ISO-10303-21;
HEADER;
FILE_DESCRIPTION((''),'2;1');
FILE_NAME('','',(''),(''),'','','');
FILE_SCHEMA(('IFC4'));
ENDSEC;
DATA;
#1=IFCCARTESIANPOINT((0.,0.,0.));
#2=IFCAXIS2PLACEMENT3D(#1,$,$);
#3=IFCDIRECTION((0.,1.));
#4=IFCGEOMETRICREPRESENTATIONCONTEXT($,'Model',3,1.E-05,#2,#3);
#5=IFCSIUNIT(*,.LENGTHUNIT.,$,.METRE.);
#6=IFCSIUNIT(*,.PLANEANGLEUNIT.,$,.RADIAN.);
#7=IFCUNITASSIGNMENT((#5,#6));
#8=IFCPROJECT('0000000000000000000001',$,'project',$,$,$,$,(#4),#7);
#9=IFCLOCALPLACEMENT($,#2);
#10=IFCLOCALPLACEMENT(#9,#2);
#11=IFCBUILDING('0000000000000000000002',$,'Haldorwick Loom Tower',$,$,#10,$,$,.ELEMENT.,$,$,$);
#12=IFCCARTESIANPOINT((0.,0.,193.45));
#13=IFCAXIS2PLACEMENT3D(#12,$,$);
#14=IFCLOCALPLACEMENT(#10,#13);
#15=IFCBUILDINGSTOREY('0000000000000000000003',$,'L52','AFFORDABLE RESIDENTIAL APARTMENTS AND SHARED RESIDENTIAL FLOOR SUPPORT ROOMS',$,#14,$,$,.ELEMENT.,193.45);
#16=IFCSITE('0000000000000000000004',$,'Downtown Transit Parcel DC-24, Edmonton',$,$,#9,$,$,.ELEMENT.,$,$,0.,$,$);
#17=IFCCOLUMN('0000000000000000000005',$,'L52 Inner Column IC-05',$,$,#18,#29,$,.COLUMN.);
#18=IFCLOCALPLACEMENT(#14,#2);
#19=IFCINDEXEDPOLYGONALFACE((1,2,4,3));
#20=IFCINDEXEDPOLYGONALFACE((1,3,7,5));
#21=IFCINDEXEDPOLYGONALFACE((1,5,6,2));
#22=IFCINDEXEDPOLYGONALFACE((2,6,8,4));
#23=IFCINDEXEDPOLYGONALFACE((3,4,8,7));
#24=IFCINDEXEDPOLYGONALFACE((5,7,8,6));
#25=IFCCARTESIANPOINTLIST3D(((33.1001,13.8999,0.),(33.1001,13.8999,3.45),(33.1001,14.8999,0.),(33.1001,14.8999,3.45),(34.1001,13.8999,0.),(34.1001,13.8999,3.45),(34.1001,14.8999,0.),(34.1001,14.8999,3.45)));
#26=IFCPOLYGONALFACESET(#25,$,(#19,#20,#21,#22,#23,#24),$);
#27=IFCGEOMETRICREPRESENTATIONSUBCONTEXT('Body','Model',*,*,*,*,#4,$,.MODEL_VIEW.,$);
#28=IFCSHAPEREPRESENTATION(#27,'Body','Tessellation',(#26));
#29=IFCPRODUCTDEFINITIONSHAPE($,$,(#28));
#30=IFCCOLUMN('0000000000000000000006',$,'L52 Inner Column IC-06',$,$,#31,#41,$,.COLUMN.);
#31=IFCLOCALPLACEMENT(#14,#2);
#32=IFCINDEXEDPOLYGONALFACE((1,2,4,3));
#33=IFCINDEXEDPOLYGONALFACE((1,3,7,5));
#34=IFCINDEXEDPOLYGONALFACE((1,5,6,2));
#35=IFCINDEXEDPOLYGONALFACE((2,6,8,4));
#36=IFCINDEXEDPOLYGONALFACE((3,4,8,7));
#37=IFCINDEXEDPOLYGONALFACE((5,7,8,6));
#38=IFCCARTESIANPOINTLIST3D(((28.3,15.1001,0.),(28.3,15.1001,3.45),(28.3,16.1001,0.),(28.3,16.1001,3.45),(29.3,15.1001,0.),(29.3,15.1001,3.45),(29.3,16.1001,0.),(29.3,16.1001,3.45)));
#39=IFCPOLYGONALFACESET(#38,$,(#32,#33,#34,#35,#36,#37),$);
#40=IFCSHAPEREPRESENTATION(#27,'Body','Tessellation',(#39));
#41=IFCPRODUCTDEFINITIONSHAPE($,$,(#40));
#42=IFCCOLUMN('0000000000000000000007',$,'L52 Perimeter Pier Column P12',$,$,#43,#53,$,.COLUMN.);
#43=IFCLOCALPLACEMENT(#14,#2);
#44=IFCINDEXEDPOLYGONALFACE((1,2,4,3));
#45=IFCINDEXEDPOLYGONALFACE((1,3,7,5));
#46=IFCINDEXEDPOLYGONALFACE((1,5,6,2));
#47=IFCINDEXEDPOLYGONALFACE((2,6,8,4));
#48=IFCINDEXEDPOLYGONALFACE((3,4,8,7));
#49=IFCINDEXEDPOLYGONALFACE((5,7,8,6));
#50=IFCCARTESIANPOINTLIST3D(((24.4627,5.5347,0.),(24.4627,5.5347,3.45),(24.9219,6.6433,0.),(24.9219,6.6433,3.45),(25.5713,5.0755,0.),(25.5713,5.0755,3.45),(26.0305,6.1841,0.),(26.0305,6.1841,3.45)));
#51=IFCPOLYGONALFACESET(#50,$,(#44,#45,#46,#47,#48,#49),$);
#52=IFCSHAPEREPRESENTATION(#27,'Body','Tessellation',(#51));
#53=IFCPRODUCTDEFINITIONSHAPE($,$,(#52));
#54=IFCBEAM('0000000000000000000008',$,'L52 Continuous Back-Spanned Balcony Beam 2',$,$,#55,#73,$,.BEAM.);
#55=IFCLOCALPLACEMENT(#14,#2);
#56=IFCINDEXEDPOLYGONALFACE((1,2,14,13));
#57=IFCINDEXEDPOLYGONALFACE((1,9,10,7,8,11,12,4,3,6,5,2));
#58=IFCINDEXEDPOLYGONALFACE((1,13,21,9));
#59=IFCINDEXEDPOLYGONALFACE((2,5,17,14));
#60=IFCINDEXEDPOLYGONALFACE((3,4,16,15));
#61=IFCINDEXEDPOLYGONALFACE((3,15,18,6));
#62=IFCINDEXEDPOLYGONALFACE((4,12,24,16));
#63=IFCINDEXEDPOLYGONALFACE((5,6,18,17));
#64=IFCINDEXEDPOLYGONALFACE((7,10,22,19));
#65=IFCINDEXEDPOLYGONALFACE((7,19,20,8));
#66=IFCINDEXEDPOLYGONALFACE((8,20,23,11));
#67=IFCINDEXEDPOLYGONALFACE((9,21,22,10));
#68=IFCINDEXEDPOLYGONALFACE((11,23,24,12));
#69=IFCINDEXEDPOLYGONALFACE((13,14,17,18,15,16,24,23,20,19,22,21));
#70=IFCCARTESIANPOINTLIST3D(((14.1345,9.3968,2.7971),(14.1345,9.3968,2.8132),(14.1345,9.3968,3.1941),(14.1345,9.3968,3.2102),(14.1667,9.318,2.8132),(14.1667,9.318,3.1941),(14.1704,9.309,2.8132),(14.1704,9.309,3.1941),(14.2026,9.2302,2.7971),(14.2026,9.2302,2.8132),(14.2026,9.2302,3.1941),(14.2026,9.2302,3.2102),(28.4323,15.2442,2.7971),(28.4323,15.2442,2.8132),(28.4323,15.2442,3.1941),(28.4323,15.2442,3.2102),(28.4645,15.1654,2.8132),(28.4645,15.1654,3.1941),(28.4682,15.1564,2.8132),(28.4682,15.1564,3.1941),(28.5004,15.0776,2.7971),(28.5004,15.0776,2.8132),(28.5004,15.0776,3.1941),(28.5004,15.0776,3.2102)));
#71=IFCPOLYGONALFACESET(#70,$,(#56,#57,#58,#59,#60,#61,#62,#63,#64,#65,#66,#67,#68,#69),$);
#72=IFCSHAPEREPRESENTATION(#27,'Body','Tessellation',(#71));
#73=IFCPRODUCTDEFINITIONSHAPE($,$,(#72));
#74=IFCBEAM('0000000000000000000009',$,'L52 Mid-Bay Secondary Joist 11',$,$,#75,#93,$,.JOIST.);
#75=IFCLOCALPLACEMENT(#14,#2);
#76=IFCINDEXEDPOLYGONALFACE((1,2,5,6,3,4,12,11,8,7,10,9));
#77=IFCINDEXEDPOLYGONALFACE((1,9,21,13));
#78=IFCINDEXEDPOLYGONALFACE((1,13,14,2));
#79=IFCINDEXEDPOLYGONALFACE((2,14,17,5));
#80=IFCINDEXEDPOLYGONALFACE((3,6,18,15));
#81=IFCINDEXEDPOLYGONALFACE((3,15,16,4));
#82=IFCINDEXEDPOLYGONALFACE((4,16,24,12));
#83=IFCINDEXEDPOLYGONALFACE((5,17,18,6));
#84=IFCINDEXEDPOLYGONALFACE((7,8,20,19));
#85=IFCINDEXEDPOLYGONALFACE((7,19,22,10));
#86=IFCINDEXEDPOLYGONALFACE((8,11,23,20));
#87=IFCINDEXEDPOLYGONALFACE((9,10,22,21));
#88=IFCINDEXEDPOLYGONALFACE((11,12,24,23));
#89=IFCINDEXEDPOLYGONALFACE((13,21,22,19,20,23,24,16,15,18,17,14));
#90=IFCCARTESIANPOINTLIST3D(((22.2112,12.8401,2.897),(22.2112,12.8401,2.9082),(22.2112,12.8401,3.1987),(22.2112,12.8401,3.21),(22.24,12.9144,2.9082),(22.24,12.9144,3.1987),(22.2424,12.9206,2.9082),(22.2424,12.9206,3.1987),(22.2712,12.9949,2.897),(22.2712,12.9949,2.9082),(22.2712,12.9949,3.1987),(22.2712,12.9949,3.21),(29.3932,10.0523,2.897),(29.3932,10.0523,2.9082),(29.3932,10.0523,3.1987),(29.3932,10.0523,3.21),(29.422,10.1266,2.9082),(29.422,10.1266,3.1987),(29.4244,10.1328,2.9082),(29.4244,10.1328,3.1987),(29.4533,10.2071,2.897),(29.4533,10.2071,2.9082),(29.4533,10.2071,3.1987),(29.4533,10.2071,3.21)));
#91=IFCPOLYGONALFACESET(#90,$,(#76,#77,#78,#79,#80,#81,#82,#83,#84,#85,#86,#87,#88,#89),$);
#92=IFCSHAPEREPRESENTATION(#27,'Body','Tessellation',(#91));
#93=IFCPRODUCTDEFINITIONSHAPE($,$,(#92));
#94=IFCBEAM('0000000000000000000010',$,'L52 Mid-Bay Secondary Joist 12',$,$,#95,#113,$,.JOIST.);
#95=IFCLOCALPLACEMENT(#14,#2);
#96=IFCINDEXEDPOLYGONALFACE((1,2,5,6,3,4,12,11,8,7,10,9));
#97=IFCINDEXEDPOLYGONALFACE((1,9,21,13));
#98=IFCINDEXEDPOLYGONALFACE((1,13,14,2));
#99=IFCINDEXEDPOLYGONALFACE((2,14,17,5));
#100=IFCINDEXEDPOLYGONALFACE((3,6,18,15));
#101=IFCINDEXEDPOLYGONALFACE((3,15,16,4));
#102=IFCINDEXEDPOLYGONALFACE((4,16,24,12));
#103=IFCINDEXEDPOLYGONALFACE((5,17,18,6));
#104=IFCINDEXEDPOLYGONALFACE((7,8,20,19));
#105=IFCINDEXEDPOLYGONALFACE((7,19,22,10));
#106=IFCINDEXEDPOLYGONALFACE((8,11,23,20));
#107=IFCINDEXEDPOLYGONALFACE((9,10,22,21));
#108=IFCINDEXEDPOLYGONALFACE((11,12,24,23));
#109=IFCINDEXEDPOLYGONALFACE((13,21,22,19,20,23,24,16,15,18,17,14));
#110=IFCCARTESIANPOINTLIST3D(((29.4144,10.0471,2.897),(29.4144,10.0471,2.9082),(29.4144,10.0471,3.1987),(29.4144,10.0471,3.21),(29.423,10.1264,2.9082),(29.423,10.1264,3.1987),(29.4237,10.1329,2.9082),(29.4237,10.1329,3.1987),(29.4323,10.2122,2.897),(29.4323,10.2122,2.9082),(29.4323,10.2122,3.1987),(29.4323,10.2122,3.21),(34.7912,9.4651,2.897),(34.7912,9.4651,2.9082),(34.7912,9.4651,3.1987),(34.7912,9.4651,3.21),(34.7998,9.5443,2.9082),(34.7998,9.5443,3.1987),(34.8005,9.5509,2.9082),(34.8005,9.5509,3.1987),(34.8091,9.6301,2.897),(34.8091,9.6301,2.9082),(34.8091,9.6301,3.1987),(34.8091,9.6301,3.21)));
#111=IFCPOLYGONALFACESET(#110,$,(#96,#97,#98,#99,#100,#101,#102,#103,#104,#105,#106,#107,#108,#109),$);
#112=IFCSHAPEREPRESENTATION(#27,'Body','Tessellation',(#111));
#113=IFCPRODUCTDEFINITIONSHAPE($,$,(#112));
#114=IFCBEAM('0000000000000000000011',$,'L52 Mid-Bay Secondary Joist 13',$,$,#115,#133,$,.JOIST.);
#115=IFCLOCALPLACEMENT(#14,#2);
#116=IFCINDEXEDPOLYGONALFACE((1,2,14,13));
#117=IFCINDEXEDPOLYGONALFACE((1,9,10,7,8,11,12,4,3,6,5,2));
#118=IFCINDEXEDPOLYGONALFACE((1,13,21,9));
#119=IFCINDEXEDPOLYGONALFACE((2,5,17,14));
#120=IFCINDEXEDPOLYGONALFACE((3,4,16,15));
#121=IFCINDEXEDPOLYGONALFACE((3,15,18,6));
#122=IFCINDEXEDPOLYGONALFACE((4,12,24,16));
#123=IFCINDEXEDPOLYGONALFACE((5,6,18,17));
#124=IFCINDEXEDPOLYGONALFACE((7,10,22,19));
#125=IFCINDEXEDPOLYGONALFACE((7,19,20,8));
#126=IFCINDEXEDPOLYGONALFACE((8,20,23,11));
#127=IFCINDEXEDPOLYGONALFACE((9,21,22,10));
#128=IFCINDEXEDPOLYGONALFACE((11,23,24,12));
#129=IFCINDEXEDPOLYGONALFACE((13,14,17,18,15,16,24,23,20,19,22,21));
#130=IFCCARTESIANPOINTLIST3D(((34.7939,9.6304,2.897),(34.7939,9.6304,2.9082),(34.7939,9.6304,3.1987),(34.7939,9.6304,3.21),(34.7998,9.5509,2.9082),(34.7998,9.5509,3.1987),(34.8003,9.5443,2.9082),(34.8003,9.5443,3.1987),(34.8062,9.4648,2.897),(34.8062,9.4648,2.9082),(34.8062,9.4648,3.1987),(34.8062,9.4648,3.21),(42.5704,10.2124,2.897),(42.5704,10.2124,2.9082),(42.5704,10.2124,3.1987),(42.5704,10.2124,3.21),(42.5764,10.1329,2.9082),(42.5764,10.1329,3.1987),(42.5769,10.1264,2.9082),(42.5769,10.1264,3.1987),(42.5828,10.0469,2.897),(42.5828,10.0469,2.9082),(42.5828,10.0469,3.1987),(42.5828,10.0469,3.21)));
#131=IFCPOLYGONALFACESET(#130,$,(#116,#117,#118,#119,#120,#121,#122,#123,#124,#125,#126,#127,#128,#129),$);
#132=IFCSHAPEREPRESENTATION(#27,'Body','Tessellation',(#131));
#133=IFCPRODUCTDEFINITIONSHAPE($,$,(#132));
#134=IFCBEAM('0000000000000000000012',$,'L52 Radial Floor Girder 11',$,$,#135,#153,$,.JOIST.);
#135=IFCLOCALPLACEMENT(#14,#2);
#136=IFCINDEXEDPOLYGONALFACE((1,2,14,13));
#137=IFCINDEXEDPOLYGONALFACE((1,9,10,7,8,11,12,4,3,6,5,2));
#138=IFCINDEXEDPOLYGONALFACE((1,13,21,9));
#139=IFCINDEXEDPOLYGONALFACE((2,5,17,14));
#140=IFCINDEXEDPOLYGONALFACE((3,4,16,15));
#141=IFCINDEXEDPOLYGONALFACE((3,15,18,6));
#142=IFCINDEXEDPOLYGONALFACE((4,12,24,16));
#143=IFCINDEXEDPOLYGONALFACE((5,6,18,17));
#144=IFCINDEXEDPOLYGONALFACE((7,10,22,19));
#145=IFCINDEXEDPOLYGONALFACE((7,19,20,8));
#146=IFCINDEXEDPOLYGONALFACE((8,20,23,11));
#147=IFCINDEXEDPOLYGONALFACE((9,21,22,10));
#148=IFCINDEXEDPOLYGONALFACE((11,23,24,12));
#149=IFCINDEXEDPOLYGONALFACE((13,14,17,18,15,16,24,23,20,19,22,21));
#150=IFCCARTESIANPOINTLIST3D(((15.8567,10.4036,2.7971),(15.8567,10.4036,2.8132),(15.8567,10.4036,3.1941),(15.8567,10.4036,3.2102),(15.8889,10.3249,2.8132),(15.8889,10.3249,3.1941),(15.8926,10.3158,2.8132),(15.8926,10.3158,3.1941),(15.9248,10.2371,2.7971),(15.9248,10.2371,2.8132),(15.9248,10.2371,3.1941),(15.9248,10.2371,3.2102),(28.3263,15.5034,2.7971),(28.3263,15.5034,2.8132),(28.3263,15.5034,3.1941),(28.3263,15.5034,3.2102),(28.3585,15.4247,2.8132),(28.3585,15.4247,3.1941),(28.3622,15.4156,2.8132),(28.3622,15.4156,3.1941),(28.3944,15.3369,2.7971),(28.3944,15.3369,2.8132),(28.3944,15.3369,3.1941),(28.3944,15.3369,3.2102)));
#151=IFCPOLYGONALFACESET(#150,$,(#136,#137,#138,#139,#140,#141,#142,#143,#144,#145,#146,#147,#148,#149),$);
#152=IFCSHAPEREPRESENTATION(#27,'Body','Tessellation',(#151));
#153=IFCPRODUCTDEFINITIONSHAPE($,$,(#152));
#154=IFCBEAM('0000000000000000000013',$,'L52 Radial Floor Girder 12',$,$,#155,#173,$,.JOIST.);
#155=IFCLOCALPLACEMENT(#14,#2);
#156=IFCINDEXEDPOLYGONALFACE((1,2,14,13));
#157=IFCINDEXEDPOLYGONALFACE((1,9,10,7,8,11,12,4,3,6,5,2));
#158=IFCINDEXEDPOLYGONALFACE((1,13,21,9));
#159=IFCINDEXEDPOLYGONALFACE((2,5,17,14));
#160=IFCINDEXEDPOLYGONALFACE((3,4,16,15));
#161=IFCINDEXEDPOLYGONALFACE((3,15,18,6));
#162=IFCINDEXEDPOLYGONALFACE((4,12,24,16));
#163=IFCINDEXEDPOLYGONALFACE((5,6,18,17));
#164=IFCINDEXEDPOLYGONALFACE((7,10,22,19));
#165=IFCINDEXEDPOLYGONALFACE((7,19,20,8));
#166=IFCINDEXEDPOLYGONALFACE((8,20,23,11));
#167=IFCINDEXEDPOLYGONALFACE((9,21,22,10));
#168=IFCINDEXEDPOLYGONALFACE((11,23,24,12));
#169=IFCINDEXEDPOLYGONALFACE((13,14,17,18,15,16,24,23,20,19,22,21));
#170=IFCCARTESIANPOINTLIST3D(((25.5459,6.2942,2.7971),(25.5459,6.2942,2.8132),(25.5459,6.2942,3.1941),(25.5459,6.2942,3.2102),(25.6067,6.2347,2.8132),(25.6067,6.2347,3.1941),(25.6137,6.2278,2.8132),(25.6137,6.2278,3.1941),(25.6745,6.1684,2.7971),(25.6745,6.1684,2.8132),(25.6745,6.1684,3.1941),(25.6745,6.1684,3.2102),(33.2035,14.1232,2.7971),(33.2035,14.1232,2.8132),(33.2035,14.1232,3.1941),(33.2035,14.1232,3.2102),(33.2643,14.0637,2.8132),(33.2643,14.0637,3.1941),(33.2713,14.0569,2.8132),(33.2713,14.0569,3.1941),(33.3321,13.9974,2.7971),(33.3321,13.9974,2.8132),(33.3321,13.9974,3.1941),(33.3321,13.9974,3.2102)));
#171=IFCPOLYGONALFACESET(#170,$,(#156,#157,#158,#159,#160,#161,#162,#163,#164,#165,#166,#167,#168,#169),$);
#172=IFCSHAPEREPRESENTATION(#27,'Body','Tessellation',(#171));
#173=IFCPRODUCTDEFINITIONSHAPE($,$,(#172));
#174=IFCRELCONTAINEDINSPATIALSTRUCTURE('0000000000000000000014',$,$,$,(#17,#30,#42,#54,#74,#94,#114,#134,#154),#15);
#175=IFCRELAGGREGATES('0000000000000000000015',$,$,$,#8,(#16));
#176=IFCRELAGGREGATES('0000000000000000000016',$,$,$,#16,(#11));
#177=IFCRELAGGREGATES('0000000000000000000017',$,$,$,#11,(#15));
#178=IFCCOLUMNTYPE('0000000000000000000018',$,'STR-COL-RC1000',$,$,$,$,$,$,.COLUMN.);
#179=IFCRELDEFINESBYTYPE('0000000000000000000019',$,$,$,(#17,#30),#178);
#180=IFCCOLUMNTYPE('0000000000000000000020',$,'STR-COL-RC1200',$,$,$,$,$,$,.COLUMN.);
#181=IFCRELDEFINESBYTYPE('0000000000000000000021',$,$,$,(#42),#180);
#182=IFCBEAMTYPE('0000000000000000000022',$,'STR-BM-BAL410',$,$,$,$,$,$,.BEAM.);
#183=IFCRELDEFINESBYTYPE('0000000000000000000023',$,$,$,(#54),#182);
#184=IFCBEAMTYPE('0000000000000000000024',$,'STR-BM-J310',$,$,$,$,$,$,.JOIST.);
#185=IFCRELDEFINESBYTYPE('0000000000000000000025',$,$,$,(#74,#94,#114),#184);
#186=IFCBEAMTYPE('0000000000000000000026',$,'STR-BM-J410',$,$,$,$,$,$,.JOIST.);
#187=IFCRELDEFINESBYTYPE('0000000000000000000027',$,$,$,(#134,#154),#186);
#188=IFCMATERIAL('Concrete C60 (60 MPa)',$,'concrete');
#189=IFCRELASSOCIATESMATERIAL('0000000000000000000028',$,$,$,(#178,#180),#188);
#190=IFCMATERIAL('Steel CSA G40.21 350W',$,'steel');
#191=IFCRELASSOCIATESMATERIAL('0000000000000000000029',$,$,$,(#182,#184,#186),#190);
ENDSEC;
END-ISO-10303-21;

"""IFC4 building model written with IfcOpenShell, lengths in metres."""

from ifc_helpers import new_model, si_unit, direction, frame, origin, origin_2d, place, context, subcontext, project, spatial, rectangle, i_section, extrude, material, material_profile, profile_set, type_object, element, save


model = new_model("IFC4")

# Units and contexts
model_context = context("Model", 3, precision=1e-05, world=origin(), true_north=direction((0.0, 1.0)))
body_context = subcontext(model_context, "Body", "Model", "MODEL_VIEW")
ifc_project = project(units=[si_unit("LENGTHUNIT", "METRE"), si_unit("PLANEANGLEUNIT", "RADIAN")], contexts=[model_context])

# Site, building, storey
site_placement = place(None, origin())
site = spatial("IfcSite", under=ifc_project, at=site_placement, Name="Downtown Transit Parcel DC-24, Edmonton", CompositionType="ELEMENT", RefElevation=0.0)
building_placement = place(site_placement, origin())
building = spatial("IfcBuilding", under=site, at=building_placement, Name="Haldorwick Loom Tower", CompositionType="ELEMENT")
storey_placement = place(building_placement, frame((0.0, 0.0, 193.45)))
storey = spatial("IfcBuildingStorey", under=building, at=storey_placement, Name="L52", Description="AFFORDABLE RESIDENTIAL APARTMENTS AND SHARED RESIDENTIAL FLOOR SUPPORT ROOMS", CompositionType="ELEMENT", Elevation=193.45)

# Columns
ifc_material_1 = material(Name="Concrete C60 (60 MPa)", Category="concrete")
ifc_material_profile_1 = material_profile(ifc_material_1, rectangle(XDim=1.0, YDim=1.0, at=origin_2d()), Name="RC1000X1000", Category="concrete")
ifc_profile_set_1 = profile_set([ifc_material_profile_1], Name="Concrete C60 (60 MPa)")
column_type_1 = type_object("IfcColumnType", Name="STR-COL-RC1000", PredefinedType="COLUMN", material=ifc_profile_set_1)
for number, where, z_axis, x_axis, name in (
    (1, (33.6001, 14.3999, 0.0), (0.0, 0.0, 1.0), (1.0, 0.0, 0.0), "L52 Inner Column IC-05"),
    (2, (28.8, 15.6001, 0.0), (0.0, 0.0, 1.0), (1.0, 0.0, 0.0), "L52 Inner Column IC-06"),
):
    element("IfcColumn", number, at=place(storey_placement, frame(where, z_axis=z_axis, x_axis=x_axis)), inside=storey, type_object=column_type_1, Name=name, PredefinedType="COLUMN", context=body_context, shape_type="SweptSolid", body=[
        extrude(rectangle(XDim=1.0, YDim=1.0, at=origin_2d()), origin(), (0.0, 0.0, 1.0), 3.45),
    ])
ifc_material_profile_2 = material_profile(ifc_material_1, rectangle(XDim=1.2, YDim=1.2, at=origin_2d()), Name="RC1200X1200", Category="concrete")
ifc_profile_set_2 = profile_set([ifc_material_profile_2], Name="Concrete C60 (60 MPa)")
column_type_2 = type_object("IfcColumnType", Name="STR-COL-RC1200", PredefinedType="COLUMN", material=ifc_profile_set_2)
column_placement = place(storey_placement, frame((25.2466, 5.8594, 0.0), z_axis=(0.0, 0.0, 1.0), x_axis=(-0.382683, -0.92388, 0.0)))
element("IfcColumn", 3, at=column_placement, inside=storey, type_object=column_type_2, Name="L52 Perimeter Pier Column P12", PredefinedType="COLUMN", context=body_context, shape_type="SweptSolid", body=[
    extrude(rectangle(XDim=1.2, YDim=1.2, at=origin_2d()), origin(), (0.0, 0.0, 1.0), 3.45),
])

# Beams
ifc_material_2 = material(Name="Steel CSA G40.21 350W", Category="steel")
ifc_material_profile_3 = material_profile(ifc_material_2, i_section(OverallWidth=0.1799, OverallDepth=0.4131, WebThickness=0.0098, FlangeThickness=0.0161, at=origin_2d()), Name="W410X74", Category="steel")
ifc_profile_set_3 = profile_set([ifc_material_profile_3], Name="Steel CSA G40.21 350W")
beam_type_1 = type_object("IfcBeamType", Name="STR-BM-BAL410", PredefinedType="BEAM", material=ifc_profile_set_3)
beam_1_placement = place(storey_placement, frame((28.4663, 15.1609, 3.0037), z_axis=(-0.925586, -0.378538, 0.0), x_axis=(0.378538, -0.925586, 0.0)))
element("IfcBeam", 4, at=beam_1_placement, inside=storey, type_object=beam_type_1, Name="L52 Continuous Back-Spanned Balcony Beam 2", PredefinedType="BEAM", context=body_context, shape_type="SweptSolid", body=[
    extrude(i_section(OverallWidth=0.1799, OverallDepth=0.4131, WebThickness=0.0098, FlangeThickness=0.0161, at=origin_2d()), origin(), (0.0, 0.0, 1.0), 15.4473),
])
ifc_material_profile_4 = material_profile(ifc_material_2, i_section(OverallWidth=0.166, OverallDepth=0.313, WebThickness=0.0066, FlangeThickness=0.0112, at=origin_2d()), Name="W310X45", Category="steel")
ifc_profile_set_4 = profile_set([ifc_material_profile_4], Name="Steel CSA G40.21 350W")
beam_type_2 = type_object("IfcBeamType", Name="STR-BM-J310", PredefinedType="JOIST", material=ifc_profile_set_4)
beam_2_placement = place(storey_placement, frame((22.2412, 12.9175, 3.0535), z_axis=(0.932233, -0.361859, 0.0), x_axis=(0.361859, 0.932233, 0.0)))
element("IfcBeam", 5, at=beam_2_placement, inside=storey, type_object=beam_type_2, Name="L52 Mid-Bay Secondary Joist 11", PredefinedType="JOIST", context=body_context, shape_type="SweptSolid", body=[
    extrude(i_section(OverallWidth=0.166, OverallDepth=0.313, WebThickness=0.0066, FlangeThickness=0.0112, at=origin_2d()), origin(), (0.0, 0.0, 1.0), 7.7041),
])
beam_3_placement = place(storey_placement, frame((29.4233, 10.1296, 3.0535), z_axis=(0.994192, -0.107622, 0.0), x_axis=(0.107622, 0.994192, 0.0)))
element("IfcBeam", 6, at=beam_3_placement, inside=storey, type_object=beam_type_2, Name="L52 Mid-Bay Secondary Joist 12", PredefinedType="JOIST", context=body_context, shape_type="SweptSolid", body=[
    extrude(i_section(OverallWidth=0.166, OverallDepth=0.313, WebThickness=0.0066, FlangeThickness=0.0112, at=origin_2d()), origin(), (0.0, 0.0, 1.0), 5.4082),
])
beam_4_placement = place(storey_placement, frame((34.8, 9.5476, 3.0535), z_axis=(0.997211, 0.074635, 0.0), x_axis=(-0.074635, 0.997211, 0.0)))
element("IfcBeam", 7, at=beam_4_placement, inside=storey, type_object=beam_type_2, Name="L52 Mid-Bay Secondary Joist 13", PredefinedType="JOIST", context=body_context, shape_type="SweptSolid", body=[
    extrude(i_section(OverallWidth=0.166, OverallDepth=0.313, WebThickness=0.0066, FlangeThickness=0.0112, at=origin_2d()), origin(), (0.0, 0.0, 1.0), 7.7983),
])
ifc_material_profile_5 = material_profile(ifc_material_2, i_section(OverallWidth=0.1799, OverallDepth=0.4131, WebThickness=0.0098, FlangeThickness=0.0161, at=origin_2d()), Name="W410X74", Category="steel")
ifc_profile_set_5 = profile_set([ifc_material_profile_5], Name="Steel CSA G40.21 350W")
beam_type_3 = type_object("IfcBeamType", Name="STR-BM-J410", PredefinedType="JOIST", material=ifc_profile_set_5)
beam_5_placement = place(storey_placement, frame((28.3604, 15.4202, 3.0037), z_axis=(-0.925583, -0.378544, 0.0), x_axis=(0.378544, -0.925583, 0.0)))
element("IfcBeam", 8, at=beam_5_placement, inside=storey, type_object=beam_type_3, Name="L52 Radial Floor Girder 11", PredefinedType="JOIST", context=body_context, shape_type="SweptSolid", body=[
    extrude(i_section(OverallWidth=0.1799, OverallDepth=0.4131, WebThickness=0.0098, FlangeThickness=0.0161, at=origin_2d()), origin(), (0.0, 0.0, 1.0), 13.4722),
])
beam_6_placement = place(storey_placement, frame((33.2678, 14.0603, 3.0037), z_axis=(-0.699239, -0.714888, 0.0), x_axis=(0.714888, -0.699239, 0.0)))
element("IfcBeam", 9, at=beam_6_placement, inside=storey, type_object=beam_type_3, Name="L52 Radial Floor Girder 12", PredefinedType="JOIST", context=body_context, shape_type="SweptSolid", body=[
    extrude(i_section(OverallWidth=0.1799, OverallDepth=0.4131, WebThickness=0.0098, FlangeThickness=0.0161, at=origin_2d()), origin(), (0.0, 0.0, 1.0), 10.9514),
])

save(model, "model.ifc")
